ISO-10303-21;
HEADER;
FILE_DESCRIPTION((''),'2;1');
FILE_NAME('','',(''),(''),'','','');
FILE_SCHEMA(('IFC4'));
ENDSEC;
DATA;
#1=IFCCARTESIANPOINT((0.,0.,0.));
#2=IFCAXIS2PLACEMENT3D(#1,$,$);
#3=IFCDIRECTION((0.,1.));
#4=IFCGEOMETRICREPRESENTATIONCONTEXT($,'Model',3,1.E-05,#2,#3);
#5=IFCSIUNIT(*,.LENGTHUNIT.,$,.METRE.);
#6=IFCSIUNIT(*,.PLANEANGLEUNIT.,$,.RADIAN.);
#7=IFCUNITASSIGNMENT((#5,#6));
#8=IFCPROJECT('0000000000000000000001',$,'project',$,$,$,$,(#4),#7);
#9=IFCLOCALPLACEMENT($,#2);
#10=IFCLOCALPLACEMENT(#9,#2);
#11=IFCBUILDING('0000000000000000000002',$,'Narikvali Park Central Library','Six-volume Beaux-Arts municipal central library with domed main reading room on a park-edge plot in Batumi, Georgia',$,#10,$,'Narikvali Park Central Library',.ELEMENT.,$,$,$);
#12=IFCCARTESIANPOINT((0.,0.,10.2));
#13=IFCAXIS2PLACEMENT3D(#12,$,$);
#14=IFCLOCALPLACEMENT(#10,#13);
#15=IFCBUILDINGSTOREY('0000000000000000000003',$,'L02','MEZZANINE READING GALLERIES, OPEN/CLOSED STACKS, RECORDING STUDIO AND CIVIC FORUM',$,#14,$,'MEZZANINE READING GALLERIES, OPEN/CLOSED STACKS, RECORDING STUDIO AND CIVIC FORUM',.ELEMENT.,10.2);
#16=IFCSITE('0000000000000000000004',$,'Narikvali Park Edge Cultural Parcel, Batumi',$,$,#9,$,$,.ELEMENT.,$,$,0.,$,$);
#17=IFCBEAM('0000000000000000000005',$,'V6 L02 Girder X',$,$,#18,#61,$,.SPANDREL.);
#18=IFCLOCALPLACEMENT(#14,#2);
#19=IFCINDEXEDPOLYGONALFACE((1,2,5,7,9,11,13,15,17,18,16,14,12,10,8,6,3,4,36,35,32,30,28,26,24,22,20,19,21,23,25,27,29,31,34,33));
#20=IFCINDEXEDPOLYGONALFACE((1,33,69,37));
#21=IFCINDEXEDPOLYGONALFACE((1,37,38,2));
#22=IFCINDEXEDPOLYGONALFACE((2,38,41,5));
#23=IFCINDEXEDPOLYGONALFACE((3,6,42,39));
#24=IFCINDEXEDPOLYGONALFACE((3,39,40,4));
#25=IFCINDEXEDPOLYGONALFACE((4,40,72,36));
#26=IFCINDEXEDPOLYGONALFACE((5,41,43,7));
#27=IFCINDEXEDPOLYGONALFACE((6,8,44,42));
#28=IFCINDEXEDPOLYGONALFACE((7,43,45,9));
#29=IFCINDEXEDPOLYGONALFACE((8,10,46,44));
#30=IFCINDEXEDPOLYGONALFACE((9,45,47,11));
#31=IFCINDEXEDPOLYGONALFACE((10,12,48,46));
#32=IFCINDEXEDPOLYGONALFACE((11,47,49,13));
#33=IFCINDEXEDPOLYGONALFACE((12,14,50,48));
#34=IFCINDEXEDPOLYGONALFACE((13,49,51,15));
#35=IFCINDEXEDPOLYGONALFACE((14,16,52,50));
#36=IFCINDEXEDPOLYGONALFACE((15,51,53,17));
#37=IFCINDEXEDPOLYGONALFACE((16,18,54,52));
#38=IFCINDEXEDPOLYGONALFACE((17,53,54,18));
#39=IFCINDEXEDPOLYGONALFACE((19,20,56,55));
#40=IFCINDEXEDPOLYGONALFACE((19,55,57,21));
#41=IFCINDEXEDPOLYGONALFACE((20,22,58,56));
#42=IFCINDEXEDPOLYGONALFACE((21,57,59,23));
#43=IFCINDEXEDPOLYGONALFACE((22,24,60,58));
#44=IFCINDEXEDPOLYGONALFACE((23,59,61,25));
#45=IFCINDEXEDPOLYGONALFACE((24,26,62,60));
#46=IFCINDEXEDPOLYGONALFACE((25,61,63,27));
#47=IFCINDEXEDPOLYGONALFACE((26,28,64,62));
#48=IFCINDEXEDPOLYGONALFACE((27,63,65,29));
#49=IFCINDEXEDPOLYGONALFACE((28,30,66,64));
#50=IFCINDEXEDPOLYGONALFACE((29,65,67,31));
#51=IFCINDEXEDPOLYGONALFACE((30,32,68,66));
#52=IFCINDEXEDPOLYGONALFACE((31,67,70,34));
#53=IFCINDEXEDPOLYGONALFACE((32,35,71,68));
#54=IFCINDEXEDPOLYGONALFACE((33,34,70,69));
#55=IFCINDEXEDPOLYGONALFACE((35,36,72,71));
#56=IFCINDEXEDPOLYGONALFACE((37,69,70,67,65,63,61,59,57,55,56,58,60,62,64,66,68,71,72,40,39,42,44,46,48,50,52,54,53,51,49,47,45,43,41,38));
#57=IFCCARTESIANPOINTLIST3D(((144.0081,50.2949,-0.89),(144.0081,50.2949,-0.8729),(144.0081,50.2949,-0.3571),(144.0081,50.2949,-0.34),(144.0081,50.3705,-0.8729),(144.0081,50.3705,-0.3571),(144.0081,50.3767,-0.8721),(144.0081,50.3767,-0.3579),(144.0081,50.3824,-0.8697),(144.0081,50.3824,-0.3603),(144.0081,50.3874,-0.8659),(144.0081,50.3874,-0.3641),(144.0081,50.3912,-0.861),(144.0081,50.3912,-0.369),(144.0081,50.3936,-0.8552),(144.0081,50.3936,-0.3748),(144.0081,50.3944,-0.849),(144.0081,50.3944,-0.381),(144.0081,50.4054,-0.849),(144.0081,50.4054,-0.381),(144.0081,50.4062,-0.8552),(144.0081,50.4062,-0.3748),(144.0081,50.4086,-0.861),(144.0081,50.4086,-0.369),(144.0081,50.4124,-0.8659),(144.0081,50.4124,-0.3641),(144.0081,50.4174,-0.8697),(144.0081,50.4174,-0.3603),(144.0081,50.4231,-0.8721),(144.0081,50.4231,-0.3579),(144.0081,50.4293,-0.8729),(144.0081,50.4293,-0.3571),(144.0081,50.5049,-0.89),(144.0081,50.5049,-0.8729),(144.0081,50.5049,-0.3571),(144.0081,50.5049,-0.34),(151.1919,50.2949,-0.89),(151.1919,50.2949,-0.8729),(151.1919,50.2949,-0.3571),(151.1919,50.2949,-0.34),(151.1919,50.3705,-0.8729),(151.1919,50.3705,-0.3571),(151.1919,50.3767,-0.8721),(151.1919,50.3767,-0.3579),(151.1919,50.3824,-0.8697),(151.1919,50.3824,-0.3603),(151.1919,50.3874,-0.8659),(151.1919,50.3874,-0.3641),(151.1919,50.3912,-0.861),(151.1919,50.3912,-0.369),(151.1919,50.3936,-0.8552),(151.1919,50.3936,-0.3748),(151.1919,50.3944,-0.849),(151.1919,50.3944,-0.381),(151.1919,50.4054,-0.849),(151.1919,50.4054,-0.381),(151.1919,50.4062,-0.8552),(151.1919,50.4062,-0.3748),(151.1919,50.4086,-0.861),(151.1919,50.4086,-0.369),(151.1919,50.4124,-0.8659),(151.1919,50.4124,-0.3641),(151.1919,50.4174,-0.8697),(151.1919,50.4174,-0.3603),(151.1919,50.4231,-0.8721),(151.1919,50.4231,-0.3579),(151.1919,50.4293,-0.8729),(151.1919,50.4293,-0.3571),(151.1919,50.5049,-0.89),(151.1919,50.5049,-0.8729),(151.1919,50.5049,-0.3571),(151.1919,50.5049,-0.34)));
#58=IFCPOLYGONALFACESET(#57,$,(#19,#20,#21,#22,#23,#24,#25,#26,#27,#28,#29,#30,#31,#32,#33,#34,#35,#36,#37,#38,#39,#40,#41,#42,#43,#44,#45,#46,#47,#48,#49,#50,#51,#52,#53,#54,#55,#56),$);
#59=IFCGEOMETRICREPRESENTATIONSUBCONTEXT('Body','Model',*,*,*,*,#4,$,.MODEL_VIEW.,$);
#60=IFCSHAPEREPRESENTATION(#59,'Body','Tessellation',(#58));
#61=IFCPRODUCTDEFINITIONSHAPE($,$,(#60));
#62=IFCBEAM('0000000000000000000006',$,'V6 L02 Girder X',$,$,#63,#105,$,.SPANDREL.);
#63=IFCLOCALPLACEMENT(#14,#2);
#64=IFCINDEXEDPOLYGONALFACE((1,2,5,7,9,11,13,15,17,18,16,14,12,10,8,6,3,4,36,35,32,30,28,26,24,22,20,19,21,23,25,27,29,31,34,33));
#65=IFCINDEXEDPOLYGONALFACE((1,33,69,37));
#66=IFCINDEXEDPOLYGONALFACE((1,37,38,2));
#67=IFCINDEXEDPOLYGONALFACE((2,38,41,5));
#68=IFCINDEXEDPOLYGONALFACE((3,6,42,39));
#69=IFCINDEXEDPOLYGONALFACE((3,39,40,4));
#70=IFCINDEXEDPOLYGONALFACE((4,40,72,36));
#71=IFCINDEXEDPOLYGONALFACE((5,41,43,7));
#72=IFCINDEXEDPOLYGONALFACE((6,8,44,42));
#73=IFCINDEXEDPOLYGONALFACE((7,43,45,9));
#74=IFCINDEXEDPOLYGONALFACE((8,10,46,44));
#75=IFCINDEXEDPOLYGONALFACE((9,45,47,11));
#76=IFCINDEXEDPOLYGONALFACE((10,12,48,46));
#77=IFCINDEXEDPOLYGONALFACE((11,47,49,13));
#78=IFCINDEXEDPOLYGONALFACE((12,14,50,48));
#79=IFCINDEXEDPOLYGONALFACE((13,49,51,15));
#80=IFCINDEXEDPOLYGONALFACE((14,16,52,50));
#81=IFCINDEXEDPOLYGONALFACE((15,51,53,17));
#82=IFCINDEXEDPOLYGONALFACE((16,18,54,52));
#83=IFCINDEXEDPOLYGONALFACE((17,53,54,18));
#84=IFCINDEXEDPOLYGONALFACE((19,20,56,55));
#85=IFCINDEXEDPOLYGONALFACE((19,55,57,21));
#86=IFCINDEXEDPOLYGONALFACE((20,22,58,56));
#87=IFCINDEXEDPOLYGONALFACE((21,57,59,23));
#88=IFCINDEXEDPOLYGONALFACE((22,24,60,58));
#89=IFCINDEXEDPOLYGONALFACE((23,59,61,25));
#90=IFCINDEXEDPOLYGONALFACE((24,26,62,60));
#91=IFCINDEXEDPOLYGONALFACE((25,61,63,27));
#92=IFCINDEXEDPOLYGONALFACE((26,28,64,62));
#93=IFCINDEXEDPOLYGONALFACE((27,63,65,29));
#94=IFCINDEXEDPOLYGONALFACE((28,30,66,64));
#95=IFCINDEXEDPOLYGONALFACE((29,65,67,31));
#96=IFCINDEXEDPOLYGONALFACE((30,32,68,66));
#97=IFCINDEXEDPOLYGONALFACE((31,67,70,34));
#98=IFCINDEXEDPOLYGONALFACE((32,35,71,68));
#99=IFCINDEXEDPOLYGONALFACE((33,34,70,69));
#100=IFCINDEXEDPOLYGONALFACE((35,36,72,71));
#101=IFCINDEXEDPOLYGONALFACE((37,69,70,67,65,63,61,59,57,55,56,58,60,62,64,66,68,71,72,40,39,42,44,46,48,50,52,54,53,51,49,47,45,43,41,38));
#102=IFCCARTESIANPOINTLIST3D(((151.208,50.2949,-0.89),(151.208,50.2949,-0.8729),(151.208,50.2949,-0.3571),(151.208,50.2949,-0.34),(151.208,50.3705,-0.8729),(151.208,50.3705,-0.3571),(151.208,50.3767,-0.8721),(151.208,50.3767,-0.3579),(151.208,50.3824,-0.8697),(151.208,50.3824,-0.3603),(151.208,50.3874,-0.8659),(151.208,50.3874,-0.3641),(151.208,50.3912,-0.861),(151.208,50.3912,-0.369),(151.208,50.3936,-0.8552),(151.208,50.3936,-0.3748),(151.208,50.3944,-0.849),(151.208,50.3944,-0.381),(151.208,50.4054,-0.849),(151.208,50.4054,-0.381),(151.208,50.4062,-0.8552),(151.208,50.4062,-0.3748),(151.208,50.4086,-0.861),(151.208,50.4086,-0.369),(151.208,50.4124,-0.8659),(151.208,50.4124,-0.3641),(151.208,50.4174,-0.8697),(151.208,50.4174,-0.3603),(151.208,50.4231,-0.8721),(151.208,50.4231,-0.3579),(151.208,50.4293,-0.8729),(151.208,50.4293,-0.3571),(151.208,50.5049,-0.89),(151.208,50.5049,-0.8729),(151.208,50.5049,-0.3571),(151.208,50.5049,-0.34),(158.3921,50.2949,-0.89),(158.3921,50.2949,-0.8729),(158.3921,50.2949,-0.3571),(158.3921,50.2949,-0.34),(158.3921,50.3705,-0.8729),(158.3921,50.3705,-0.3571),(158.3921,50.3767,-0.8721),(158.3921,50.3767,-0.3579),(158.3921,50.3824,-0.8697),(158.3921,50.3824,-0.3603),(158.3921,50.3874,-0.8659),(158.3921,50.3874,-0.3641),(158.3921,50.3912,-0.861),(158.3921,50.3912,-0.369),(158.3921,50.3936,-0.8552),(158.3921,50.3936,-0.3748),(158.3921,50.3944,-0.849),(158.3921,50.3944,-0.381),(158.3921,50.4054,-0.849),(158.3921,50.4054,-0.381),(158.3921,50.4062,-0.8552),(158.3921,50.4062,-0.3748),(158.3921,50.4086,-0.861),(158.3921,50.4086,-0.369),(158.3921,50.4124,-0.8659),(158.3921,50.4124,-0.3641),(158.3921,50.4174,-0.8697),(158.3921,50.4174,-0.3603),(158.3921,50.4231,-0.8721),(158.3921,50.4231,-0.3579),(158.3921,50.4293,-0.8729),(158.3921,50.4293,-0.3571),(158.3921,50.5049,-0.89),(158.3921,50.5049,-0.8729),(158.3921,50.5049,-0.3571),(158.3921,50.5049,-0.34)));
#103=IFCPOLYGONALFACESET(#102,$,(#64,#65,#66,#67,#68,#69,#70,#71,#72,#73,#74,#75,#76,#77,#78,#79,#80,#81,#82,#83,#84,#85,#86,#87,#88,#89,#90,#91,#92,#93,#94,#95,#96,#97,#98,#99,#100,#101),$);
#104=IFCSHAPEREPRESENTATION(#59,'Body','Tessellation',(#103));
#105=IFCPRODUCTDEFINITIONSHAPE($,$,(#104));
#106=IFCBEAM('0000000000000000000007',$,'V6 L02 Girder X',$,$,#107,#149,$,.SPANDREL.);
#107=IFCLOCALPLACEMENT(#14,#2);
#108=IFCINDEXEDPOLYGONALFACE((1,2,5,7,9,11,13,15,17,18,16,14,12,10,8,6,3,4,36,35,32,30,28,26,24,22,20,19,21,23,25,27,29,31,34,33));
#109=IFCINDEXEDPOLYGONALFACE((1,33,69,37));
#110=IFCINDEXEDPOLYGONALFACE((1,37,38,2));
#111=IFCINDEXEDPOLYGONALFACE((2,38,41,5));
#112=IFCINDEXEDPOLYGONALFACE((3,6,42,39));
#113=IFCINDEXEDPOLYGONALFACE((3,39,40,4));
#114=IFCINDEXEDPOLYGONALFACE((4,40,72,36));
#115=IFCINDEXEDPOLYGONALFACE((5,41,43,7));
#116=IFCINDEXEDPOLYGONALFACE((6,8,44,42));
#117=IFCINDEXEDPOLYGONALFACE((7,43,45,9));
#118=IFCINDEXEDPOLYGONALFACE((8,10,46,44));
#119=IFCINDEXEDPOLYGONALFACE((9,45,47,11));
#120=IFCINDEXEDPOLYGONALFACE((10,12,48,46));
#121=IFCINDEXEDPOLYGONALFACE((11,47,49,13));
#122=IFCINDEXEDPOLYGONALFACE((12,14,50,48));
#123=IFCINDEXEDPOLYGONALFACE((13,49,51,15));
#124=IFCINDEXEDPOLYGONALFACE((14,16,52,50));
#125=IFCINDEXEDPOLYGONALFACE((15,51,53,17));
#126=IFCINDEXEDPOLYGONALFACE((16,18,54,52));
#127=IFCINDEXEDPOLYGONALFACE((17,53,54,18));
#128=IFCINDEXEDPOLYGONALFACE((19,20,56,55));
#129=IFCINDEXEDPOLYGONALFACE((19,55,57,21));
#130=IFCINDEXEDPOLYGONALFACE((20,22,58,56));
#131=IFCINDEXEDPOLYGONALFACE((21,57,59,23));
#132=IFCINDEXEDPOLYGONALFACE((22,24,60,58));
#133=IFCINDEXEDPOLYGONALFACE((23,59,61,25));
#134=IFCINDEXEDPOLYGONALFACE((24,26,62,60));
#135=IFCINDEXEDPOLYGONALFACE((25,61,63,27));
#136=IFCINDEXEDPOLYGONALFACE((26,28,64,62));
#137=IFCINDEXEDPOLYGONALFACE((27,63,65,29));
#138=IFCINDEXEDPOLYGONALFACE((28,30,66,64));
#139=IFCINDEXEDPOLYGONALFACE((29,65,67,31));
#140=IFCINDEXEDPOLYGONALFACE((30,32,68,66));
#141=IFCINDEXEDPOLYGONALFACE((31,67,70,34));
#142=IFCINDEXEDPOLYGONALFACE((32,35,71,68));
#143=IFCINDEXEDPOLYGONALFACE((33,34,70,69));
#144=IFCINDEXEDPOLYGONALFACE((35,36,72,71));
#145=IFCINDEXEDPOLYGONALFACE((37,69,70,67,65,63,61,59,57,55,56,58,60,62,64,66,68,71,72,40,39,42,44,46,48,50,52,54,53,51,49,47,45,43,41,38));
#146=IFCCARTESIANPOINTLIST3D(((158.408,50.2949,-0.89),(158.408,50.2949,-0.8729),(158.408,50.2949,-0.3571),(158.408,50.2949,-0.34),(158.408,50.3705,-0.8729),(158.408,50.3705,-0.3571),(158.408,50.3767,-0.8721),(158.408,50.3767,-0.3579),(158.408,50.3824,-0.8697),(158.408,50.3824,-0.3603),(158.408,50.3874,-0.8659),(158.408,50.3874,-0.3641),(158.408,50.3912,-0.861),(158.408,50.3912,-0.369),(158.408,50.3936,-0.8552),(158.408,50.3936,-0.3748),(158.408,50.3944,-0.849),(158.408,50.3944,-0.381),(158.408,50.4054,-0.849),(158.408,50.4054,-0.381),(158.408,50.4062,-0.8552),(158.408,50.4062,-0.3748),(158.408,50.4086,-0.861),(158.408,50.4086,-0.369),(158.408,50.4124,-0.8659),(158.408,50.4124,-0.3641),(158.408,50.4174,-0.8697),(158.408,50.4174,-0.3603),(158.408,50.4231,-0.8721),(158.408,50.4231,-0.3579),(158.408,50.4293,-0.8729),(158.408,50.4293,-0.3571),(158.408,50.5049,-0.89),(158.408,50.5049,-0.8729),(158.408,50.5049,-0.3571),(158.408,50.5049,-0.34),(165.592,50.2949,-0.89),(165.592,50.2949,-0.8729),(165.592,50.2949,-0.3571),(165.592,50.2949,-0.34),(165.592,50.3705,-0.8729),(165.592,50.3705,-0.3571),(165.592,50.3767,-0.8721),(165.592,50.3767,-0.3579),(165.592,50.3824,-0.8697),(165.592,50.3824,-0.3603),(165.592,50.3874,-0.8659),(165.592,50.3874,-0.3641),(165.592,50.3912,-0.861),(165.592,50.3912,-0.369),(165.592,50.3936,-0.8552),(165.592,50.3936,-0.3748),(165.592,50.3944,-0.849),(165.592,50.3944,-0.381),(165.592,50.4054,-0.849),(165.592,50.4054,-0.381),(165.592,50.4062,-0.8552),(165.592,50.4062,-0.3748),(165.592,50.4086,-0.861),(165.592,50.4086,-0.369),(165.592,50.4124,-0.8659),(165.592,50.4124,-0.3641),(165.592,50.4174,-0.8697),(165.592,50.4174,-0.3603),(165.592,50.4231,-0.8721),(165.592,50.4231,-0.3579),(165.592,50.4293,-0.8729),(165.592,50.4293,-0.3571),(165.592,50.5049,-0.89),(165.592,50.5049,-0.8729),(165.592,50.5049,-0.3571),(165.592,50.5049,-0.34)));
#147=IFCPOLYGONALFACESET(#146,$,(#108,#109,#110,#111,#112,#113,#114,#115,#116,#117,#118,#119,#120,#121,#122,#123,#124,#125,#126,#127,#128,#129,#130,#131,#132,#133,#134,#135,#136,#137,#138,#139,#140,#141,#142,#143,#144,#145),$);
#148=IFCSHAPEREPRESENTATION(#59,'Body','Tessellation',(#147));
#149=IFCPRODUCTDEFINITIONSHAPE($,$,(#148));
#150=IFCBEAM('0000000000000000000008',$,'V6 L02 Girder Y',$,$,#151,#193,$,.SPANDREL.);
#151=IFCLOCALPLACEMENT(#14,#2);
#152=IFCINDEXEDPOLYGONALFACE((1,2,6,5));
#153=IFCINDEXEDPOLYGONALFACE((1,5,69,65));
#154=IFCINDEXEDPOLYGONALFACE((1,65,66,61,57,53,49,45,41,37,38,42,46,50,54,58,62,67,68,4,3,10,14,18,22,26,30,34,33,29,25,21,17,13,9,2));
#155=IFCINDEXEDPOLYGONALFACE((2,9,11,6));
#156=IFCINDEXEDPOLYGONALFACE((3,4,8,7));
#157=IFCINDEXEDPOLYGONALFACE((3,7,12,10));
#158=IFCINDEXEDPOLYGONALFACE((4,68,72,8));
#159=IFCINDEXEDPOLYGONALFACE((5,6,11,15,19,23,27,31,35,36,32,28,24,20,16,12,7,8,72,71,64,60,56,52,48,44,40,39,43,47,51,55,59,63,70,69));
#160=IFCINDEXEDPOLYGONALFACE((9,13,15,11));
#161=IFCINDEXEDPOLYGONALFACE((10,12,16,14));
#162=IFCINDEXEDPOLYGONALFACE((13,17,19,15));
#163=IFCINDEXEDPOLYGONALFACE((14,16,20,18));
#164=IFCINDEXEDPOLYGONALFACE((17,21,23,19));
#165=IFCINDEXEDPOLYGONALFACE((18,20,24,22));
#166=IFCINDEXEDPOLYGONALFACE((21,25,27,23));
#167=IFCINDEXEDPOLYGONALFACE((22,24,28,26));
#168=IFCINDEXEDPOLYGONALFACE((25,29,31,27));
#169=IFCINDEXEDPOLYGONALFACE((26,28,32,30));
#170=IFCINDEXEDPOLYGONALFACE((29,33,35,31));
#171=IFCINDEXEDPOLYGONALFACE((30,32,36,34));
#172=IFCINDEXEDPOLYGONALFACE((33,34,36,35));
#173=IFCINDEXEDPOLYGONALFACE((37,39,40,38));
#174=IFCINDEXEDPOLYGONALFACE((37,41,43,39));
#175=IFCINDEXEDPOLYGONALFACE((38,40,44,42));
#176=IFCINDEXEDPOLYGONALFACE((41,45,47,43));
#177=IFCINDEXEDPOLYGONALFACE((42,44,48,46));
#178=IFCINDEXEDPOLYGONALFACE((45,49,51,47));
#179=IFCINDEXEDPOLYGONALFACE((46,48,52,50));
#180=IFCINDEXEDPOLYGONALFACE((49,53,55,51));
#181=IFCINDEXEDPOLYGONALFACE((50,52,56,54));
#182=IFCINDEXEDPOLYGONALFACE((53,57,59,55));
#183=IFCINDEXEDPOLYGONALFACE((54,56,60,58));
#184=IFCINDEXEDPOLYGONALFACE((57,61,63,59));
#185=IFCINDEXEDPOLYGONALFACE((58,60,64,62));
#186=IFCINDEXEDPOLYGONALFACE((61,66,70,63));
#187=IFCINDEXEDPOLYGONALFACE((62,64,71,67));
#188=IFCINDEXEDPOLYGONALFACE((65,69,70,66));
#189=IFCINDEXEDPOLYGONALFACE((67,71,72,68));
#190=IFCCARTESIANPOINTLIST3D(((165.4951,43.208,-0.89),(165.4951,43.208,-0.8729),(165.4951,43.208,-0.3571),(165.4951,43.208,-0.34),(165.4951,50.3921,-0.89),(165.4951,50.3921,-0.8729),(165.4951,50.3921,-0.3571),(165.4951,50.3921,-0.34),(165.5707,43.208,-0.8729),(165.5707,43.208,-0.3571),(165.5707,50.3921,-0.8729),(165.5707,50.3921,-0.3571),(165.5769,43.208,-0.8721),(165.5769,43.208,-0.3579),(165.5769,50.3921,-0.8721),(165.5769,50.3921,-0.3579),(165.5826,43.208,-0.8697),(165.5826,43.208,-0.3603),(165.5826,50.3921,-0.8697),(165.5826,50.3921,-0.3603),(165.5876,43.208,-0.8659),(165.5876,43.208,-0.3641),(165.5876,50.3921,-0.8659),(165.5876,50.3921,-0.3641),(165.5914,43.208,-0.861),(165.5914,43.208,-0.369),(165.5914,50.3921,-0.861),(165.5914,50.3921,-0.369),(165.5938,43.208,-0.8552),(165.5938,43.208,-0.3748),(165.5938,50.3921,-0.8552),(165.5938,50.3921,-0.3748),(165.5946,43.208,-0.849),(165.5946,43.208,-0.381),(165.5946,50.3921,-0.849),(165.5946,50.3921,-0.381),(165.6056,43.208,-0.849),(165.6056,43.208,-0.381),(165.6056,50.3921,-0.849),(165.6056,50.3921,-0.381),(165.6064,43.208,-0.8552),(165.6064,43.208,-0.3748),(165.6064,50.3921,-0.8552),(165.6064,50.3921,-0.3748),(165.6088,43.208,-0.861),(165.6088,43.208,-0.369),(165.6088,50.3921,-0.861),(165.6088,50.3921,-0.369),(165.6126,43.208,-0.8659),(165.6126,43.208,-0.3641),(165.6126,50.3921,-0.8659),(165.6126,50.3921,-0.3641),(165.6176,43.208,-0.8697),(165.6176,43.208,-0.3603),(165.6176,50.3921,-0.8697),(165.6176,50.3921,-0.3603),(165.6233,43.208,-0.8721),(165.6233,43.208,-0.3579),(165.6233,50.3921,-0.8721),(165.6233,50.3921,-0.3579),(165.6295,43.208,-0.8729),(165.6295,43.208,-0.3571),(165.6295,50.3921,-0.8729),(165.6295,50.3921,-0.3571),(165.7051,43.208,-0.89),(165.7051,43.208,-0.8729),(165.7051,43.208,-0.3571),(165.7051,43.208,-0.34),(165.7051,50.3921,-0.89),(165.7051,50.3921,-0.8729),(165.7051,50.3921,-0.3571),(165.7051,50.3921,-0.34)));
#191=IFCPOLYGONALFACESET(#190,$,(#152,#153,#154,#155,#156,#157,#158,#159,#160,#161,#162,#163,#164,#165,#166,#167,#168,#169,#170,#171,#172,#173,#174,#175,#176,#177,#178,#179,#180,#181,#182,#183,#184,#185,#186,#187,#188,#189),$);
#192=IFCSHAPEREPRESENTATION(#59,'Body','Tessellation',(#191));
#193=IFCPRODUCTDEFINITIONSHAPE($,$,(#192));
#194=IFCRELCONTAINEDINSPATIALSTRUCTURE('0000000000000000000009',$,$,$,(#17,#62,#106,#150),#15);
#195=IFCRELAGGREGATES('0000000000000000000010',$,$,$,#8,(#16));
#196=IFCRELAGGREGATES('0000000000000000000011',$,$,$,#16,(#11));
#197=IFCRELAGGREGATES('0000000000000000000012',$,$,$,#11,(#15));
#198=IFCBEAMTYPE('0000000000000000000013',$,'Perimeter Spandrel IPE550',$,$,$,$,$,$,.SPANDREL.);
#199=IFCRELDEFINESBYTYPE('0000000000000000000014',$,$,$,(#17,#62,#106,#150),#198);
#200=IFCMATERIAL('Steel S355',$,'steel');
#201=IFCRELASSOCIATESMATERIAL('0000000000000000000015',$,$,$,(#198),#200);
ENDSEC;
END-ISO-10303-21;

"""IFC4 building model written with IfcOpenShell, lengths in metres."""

from ifc_helpers import new_model, si_unit, direction, frame, origin, origin_2d, place, context, subcontext, project, spatial, i_section, extrude, material, material_profile, profile_set, type_object, element, save


model = new_model("IFC4")

# Units and contexts
model_context = context("Model", 3, precision=1e-05, world=origin(), true_north=direction((0.0, 1.0)))
body_context = subcontext(model_context, "Body", "Model", "MODEL_VIEW")
ifc_project = project(units=[si_unit("LENGTHUNIT", "METRE"), si_unit("PLANEANGLEUNIT", "RADIAN")], contexts=[model_context])

# Site, building, storey
site_placement = place(None, origin())
site = spatial("IfcSite", under=ifc_project, at=site_placement, Name="Narikvali Park Edge Cultural Parcel, Batumi", CompositionType="ELEMENT", RefElevation=0.0)
building_placement = place(site_placement, origin())
building = spatial("IfcBuilding", under=site, at=building_placement, Name="Narikvali Park Central Library", Description="Six-volume Beaux-Arts municipal central library with domed main reading room on a park-edge plot in Batumi, Georgia", LongName="Narikvali Park Central Library", CompositionType="ELEMENT")
storey_placement = place(building_placement, frame((0.0, 0.0, 10.2)))
storey = spatial("IfcBuildingStorey", under=building, at=storey_placement, Name="L02", Description="MEZZANINE READING GALLERIES, OPEN/CLOSED STACKS, RECORDING STUDIO AND CIVIC FORUM", LongName="MEZZANINE READING GALLERIES, OPEN/CLOSED STACKS, RECORDING STUDIO AND CIVIC FORUM", CompositionType="ELEMENT", Elevation=10.2)

# Beams
ifc_material_1 = material(Name="Steel S355", Category="steel")
ifc_material_profile_1 = material_profile(ifc_material_1, i_section(OverallWidth=0.21, OverallDepth=0.55, WebThickness=0.011, FlangeThickness=0.0171, FilletRadius=0.0239, at=origin_2d()), Name="IPE 550")
ifc_profile_set_1 = profile_set([ifc_material_profile_1], Name="Steel S355")
beam_type_1 = type_object("IfcBeamType", Name="Perimeter Spandrel IPE550", PredefinedType="SPANDREL", material=ifc_profile_set_1)
beam_1_placement = place(storey_placement, frame((144.0081, 50.3999, -0.615), z_axis=(1.0, 0.0, 0.0), x_axis=(0.0, 1.0, 0.0)))
element("IfcBeam", 1, at=beam_1_placement, inside=storey, type_object=beam_type_1, Name="V6 L02 Girder X", PredefinedType="SPANDREL", context=body_context, shape_type="SweptSolid", body=[
    extrude(i_section(OverallWidth=0.21, OverallDepth=0.55, WebThickness=0.011, FlangeThickness=0.0171, FilletRadius=0.0239, at=origin_2d()), origin(), (0.0, 0.0, 1.0), 7.1838),
])
for number, where, z_axis, x_axis, name in (
    (2, (151.208, 50.3999, -0.615), (1.0, 0.0, 0.0), (0.0, 1.0, 0.0), "V6 L02 Girder X"),
    (3, (158.408, 50.3999, -0.615), (1.0, 0.0, 0.0), (0.0, 1.0, 0.0), "V6 L02 Girder X"),
    (4, (165.6001, 43.208, -0.615), (0.0, 1.0, 0.0), (-1.0, 0.0, 0.0), "V6 L02 Girder Y"),
):
    element("IfcBeam", number, at=place(storey_placement, frame(where, z_axis=z_axis, x_axis=x_axis)), inside=storey, type_object=beam_type_1, Name=name, PredefinedType="SPANDREL", context=body_context, shape_type="SweptSolid", body=[
        extrude(i_section(OverallWidth=0.21, OverallDepth=0.55, WebThickness=0.011, FlangeThickness=0.0171, FilletRadius=0.0239, at=origin_2d()), origin(), (0.0, 0.0, 1.0), 7.1841),
    ])

save(model, "model.ifc")
